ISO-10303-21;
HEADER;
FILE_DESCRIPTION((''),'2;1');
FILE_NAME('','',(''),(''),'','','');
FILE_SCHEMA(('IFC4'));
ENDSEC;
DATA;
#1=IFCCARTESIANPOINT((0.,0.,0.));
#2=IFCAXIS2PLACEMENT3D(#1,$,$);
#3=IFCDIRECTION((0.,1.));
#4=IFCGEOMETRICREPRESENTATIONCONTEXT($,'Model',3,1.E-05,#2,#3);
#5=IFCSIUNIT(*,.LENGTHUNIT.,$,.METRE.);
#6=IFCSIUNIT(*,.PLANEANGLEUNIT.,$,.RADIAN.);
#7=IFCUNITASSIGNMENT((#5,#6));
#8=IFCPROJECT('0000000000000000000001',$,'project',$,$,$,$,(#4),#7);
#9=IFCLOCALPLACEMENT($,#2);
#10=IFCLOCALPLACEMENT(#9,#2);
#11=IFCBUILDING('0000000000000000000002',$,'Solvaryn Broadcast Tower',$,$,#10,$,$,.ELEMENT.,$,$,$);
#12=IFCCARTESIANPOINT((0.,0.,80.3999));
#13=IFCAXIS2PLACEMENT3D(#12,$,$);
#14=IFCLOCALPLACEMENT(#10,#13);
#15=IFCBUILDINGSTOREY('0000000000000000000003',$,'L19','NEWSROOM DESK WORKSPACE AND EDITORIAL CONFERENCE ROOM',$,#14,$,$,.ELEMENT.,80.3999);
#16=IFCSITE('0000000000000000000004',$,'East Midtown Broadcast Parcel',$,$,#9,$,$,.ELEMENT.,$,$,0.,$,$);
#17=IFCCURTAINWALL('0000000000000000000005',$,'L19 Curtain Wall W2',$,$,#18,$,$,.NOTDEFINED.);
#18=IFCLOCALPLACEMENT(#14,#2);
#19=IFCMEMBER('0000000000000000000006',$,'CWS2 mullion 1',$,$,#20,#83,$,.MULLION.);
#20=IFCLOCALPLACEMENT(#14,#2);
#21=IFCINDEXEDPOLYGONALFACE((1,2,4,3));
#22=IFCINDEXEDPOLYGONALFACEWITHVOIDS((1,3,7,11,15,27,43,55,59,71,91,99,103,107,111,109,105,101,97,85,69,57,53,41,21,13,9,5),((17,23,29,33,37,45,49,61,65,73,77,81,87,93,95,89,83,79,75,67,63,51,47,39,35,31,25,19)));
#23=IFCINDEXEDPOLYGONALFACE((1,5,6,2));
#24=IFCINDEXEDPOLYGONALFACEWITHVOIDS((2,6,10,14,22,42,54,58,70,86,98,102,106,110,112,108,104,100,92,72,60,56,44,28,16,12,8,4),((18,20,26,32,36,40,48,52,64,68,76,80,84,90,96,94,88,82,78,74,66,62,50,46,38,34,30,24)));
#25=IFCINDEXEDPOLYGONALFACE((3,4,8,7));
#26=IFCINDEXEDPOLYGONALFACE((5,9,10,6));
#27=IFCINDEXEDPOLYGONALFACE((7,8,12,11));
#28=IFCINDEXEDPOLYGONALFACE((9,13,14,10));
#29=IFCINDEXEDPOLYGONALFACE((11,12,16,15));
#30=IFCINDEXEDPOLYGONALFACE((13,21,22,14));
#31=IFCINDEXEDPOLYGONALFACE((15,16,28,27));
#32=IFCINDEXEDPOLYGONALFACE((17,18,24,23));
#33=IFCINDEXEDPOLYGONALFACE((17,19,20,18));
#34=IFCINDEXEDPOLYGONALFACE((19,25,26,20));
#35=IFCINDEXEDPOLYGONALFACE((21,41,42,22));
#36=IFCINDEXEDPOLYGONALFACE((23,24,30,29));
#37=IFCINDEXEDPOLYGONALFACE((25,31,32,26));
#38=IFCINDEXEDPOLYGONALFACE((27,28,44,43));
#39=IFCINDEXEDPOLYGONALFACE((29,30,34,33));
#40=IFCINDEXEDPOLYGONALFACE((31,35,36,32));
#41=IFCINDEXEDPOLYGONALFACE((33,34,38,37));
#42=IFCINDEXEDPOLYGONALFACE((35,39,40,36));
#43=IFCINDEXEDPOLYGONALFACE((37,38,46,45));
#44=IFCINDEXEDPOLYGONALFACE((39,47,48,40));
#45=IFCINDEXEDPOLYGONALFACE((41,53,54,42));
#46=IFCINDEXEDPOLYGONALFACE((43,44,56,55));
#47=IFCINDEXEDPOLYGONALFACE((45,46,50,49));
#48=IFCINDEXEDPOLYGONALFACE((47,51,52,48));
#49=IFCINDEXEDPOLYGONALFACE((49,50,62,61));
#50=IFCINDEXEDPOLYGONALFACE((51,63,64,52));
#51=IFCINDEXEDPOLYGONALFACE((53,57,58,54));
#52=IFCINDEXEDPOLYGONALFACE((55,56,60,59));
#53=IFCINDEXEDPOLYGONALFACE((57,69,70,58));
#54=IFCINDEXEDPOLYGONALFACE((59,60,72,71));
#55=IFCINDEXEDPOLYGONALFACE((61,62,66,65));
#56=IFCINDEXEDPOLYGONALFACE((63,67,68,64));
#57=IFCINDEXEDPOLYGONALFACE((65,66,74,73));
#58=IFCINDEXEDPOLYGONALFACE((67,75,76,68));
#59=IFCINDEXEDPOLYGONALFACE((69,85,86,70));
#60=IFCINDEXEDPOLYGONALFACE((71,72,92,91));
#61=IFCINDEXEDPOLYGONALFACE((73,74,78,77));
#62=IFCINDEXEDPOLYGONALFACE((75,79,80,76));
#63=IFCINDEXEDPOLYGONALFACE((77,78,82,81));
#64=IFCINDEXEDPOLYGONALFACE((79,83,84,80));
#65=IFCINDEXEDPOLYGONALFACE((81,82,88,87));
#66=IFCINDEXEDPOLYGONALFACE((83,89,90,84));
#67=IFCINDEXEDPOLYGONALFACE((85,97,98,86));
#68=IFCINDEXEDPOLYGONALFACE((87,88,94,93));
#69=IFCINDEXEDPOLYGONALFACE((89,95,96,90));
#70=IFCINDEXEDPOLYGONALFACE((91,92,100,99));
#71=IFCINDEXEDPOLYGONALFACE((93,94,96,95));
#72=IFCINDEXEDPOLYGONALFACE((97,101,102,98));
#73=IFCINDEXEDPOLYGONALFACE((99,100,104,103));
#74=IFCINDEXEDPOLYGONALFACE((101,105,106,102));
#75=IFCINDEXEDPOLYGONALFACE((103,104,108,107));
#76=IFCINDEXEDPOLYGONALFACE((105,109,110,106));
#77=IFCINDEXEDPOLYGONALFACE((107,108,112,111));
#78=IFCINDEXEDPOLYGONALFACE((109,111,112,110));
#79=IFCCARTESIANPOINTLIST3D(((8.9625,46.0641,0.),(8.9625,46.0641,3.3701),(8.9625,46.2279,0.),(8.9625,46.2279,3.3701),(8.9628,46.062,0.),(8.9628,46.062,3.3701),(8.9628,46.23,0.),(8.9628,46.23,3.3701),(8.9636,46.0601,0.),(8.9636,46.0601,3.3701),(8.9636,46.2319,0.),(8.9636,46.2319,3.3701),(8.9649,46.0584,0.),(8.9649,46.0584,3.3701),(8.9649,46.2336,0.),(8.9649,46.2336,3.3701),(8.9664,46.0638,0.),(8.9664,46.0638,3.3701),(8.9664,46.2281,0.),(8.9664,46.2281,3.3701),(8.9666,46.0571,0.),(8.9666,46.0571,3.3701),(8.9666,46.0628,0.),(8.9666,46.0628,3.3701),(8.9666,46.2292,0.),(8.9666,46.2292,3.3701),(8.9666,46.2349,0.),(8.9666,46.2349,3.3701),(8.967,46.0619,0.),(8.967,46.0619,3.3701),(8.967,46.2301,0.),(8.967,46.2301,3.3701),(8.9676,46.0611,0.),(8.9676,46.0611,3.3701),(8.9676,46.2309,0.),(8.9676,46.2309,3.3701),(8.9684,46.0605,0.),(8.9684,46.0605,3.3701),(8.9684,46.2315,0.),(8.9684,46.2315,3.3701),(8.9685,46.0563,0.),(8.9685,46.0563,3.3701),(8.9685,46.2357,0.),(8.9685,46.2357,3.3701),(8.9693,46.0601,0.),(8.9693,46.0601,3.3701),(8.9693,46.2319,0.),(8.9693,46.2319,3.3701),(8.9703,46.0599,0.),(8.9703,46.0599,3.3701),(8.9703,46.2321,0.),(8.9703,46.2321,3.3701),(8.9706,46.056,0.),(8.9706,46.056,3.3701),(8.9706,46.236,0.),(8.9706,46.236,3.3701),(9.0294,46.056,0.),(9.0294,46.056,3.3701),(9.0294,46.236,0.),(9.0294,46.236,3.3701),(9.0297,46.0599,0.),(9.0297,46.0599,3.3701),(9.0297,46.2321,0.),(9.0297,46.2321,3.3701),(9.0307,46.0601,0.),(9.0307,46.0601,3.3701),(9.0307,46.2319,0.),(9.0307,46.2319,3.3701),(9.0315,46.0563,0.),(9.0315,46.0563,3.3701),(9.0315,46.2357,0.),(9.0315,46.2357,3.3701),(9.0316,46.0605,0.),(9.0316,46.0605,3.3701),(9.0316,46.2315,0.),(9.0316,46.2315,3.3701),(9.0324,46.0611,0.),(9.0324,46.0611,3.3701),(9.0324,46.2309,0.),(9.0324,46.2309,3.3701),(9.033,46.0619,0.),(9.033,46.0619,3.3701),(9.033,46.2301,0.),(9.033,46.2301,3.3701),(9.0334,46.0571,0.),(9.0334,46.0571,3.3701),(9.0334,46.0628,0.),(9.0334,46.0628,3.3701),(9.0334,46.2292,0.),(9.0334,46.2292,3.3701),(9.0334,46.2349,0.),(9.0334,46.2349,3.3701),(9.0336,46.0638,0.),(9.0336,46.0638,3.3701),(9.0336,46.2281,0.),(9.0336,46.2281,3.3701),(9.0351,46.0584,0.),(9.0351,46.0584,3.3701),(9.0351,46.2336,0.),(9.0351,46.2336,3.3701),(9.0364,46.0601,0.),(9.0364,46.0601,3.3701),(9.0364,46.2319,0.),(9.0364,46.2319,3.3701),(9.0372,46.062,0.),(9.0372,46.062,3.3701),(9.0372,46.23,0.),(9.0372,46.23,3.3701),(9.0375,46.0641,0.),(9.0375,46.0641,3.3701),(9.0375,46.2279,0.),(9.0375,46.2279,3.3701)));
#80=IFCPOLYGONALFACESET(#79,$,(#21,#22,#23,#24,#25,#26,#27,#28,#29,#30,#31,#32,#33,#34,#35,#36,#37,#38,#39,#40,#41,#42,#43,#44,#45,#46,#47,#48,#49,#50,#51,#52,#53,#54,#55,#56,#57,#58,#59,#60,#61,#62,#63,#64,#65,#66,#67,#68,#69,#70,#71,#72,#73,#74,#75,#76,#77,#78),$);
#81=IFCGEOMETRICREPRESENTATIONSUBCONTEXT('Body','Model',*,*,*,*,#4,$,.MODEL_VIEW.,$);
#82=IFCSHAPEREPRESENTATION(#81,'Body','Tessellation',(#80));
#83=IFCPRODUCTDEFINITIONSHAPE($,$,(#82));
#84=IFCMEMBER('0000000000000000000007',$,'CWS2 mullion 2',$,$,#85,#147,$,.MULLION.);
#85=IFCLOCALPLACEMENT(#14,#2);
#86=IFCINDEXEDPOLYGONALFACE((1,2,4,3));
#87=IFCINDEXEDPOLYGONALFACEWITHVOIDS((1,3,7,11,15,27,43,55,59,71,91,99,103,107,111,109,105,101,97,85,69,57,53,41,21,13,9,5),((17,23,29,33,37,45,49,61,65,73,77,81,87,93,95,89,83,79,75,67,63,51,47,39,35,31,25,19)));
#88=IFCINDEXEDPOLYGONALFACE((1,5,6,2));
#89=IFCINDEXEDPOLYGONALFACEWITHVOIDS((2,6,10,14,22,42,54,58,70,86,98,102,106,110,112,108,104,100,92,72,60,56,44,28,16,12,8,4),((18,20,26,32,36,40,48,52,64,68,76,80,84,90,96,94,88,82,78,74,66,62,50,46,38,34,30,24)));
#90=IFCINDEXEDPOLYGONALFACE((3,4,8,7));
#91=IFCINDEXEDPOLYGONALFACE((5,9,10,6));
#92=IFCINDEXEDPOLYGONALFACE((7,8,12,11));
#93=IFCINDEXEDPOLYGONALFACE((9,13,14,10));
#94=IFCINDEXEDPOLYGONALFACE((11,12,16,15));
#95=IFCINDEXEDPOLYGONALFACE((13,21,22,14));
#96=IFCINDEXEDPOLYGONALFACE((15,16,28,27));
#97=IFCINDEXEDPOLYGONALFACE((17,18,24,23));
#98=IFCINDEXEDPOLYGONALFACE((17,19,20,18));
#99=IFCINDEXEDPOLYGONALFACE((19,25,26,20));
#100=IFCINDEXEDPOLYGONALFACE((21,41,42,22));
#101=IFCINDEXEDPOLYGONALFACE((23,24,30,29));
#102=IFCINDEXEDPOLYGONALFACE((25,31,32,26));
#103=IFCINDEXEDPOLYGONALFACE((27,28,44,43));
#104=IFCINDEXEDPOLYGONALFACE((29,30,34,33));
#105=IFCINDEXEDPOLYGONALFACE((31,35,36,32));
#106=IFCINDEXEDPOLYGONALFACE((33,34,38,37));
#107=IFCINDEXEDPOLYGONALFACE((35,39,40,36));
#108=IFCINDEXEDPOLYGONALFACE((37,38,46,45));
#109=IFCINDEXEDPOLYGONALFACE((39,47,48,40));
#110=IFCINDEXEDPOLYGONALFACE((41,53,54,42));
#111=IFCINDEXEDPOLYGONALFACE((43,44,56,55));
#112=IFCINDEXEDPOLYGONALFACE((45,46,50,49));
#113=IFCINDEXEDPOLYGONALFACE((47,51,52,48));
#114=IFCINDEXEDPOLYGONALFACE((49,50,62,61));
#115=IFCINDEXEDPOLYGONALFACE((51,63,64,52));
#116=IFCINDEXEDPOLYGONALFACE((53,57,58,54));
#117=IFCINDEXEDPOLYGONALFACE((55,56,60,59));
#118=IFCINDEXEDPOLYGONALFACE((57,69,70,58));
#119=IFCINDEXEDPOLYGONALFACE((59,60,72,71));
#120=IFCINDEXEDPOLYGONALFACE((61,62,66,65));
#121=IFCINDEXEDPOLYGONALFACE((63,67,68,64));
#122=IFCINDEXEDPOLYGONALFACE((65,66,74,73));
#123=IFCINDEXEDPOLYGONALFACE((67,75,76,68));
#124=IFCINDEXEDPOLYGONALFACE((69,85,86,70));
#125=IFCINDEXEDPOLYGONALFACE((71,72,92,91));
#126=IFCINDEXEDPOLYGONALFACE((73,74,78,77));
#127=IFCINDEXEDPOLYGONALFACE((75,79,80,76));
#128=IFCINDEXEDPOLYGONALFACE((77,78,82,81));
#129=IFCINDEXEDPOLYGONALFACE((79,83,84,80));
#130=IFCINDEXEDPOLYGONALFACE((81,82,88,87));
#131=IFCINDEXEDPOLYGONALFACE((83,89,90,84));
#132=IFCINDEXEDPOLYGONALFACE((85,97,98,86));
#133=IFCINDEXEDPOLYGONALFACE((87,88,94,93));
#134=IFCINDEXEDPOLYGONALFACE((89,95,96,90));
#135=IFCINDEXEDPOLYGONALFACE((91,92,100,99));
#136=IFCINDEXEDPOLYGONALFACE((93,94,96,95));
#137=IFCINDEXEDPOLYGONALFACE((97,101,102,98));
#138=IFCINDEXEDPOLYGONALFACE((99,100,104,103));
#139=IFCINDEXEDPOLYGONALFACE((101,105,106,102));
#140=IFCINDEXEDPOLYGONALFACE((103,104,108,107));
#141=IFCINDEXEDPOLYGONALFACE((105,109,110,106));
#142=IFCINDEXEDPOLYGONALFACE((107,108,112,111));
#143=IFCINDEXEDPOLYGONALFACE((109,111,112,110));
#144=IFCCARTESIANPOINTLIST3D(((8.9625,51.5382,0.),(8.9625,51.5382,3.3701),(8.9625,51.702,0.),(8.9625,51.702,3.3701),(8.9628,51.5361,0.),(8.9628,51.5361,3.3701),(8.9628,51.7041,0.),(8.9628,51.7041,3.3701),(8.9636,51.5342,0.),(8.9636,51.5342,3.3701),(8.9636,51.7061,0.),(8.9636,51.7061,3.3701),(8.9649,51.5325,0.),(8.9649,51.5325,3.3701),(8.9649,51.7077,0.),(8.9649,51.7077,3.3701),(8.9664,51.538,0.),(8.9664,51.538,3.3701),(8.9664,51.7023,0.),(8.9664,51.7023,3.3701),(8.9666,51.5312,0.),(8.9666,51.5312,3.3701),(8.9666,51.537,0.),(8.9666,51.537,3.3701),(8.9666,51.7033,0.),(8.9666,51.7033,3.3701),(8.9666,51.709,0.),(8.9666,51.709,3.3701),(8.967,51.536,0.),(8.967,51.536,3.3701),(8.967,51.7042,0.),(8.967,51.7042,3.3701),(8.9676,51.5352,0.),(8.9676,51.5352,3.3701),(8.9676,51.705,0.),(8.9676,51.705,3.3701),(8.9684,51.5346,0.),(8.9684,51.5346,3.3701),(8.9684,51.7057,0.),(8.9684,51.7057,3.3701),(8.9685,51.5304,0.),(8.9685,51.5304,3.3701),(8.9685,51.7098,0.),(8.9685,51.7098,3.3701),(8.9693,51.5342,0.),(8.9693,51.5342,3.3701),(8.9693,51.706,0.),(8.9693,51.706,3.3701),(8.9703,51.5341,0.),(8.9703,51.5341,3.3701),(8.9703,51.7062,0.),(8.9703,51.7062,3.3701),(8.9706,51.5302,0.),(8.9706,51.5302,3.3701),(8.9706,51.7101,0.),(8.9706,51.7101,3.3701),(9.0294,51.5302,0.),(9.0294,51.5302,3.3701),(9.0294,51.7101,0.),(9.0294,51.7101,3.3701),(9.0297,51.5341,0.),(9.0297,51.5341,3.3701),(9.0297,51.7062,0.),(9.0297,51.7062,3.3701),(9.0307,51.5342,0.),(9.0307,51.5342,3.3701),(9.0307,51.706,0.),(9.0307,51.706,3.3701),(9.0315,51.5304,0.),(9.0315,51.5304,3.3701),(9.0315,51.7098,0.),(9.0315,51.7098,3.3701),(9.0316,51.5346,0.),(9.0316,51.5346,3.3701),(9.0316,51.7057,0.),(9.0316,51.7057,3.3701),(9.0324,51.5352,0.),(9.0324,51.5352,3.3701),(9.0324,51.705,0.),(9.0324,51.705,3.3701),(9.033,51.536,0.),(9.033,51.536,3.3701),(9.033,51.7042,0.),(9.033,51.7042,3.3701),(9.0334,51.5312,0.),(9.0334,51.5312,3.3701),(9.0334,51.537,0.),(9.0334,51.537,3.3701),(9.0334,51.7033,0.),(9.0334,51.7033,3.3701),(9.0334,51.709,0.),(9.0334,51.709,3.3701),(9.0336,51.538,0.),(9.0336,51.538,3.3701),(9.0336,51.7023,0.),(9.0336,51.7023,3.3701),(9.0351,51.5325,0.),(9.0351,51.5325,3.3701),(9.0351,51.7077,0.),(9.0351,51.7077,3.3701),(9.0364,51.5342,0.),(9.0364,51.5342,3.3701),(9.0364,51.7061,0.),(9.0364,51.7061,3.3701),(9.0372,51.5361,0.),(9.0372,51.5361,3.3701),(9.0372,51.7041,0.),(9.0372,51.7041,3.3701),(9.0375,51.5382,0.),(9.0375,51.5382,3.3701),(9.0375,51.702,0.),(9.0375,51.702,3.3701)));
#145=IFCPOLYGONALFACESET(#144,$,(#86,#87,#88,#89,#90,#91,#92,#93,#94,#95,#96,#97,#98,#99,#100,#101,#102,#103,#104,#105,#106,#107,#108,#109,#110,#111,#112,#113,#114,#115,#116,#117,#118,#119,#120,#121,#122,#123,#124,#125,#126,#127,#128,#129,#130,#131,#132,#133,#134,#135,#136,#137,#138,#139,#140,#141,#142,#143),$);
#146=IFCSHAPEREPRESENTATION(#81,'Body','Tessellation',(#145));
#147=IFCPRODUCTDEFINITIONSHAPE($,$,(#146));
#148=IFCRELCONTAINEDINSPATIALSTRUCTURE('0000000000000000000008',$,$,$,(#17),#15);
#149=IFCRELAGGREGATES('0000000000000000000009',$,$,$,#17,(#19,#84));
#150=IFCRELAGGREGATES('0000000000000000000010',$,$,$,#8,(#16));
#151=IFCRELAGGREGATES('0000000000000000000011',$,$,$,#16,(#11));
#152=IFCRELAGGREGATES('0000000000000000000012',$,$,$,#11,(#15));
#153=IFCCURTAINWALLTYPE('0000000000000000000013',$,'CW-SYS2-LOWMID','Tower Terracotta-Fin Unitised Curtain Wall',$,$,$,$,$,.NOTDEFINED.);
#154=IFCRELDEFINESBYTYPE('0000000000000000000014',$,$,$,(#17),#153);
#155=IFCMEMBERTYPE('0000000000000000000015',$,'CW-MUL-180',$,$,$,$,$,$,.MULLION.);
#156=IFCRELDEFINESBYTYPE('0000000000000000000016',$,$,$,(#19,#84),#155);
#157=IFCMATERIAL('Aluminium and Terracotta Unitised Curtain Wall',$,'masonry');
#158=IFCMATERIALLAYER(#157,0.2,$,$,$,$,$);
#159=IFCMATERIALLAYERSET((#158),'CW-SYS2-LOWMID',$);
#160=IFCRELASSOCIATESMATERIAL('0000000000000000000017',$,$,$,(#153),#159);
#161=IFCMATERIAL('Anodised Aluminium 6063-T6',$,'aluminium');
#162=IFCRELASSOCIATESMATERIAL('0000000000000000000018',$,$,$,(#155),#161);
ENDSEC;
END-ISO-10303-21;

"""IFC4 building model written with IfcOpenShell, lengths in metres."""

from ifc_helpers import new_model, si_unit, direction, frame, origin, origin_2d, place, context, subcontext, project, spatial, hollow_rectangle, extrude, material, layer, layer_set, material_profile, profile_set, type_object, element, aggregate, save


model = new_model("IFC4")

# Units and contexts
model_context = context("Model", 3, precision=1e-05, world=origin(), true_north=direction((0.0, 1.0)))
body_context = subcontext(model_context, "Body", "Model", "MODEL_VIEW")
ifc_project = project(units=[si_unit("LENGTHUNIT", "METRE"), si_unit("PLANEANGLEUNIT", "RADIAN")], contexts=[model_context])

# Site, building, storey
site_placement = place(None, origin())
site = spatial("IfcSite", under=ifc_project, at=site_placement, Name="East Midtown Broadcast Parcel", CompositionType="ELEMENT", RefElevation=0.0)
building_placement = place(site_placement, origin())
building = spatial("IfcBuilding", under=site, at=building_placement, Name="Solvaryn Broadcast Tower", CompositionType="ELEMENT")
storey_placement = place(building_placement, frame((0.0, 0.0, 80.3999)))
storey = spatial("IfcBuildingStorey", under=building, at=storey_placement, Name="L19", Description="NEWSROOM DESK WORKSPACE AND EDITORIAL CONFERENCE ROOM", CompositionType="ELEMENT", Elevation=80.3999)

# Shared definitions
ifc_material_1 = material(Name="Aluminium and Terracotta Unitised Curtain Wall", Category="masonry")
ifc_layer_1 = layer(ifc_material_1, 0.2)
ifc_layer_set_1 = layer_set([ifc_layer_1], Name="CW-SYS2-LOWMID")
curtain_wall_type = type_object("IfcCurtainWallType", Name="CW-SYS2-LOWMID", Description="Tower Terracotta-Fin Unitised Curtain Wall", PredefinedType="NOTDEFINED", material=ifc_layer_set_1)
ifc_material_2 = material(Name="Anodised Aluminium 6063-T6", Category="aluminium")
ifc_material_profile_1 = material_profile(ifc_material_2, hollow_rectangle(XDim=0.075, YDim=0.1799, WallThickness=0.0039, InnerFilletRadius=0.0039, OuterFilletRadius=0.0081, at=origin_2d()))
ifc_profile_set_1 = profile_set([ifc_material_profile_1], Name="Anodised Aluminium 6063-T6")
member_type_1 = type_object("IfcMemberType", Name="CW-MUL-180", PredefinedType="MULLION", material=ifc_profile_set_1)

# Curtain wall, members
curtain_wall_1_placement = place(storey_placement, origin())
curtain_wall_1 = element("IfcCurtainWall", 1, at=curtain_wall_1_placement, inside=storey, type_object=curtain_wall_type, Name="L19 Curtain Wall W2", PredefinedType="NOTDEFINED")
member_1_placement = place(storey_placement, frame((9.0, 46.146, 0.0), z_axis=(0.0, 0.0, 1.0), x_axis=(-1.0, 0.0, 0.0)))
member_1 = element("IfcMember", 2, at=member_1_placement, type_object=member_type_1, Name="CWS2 mullion 1", PredefinedType="MULLION", context=body_context, shape_type="SweptSolid", body=[
    extrude(hollow_rectangle(XDim=0.075, YDim=0.1799, WallThickness=0.0039, InnerFilletRadius=0.0039, OuterFilletRadius=0.0081, at=origin_2d()), origin(), (0.0, 0.0, 1.0), 3.3701),
])
member_2_placement = place(storey_placement, frame((9.0, 51.6201, 0.0), z_axis=(0.0, 0.0, 1.0), x_axis=(-1.0, 0.0, 0.0)))
member_2 = element("IfcMember", 3, at=member_2_placement, type_object=member_type_1, Name="CWS2 mullion 2", PredefinedType="MULLION", context=body_context, shape_type="SweptSolid", body=[
    extrude(hollow_rectangle(XDim=0.075, YDim=0.1799, WallThickness=0.0039, InnerFilletRadius=0.0039, OuterFilletRadius=0.0081, at=origin_2d()), origin(), (0.0, 0.0, 1.0), 3.3701),
])

aggregate(curtain_wall_1, [member_1, member_2])

save(model, "model.ifc")
